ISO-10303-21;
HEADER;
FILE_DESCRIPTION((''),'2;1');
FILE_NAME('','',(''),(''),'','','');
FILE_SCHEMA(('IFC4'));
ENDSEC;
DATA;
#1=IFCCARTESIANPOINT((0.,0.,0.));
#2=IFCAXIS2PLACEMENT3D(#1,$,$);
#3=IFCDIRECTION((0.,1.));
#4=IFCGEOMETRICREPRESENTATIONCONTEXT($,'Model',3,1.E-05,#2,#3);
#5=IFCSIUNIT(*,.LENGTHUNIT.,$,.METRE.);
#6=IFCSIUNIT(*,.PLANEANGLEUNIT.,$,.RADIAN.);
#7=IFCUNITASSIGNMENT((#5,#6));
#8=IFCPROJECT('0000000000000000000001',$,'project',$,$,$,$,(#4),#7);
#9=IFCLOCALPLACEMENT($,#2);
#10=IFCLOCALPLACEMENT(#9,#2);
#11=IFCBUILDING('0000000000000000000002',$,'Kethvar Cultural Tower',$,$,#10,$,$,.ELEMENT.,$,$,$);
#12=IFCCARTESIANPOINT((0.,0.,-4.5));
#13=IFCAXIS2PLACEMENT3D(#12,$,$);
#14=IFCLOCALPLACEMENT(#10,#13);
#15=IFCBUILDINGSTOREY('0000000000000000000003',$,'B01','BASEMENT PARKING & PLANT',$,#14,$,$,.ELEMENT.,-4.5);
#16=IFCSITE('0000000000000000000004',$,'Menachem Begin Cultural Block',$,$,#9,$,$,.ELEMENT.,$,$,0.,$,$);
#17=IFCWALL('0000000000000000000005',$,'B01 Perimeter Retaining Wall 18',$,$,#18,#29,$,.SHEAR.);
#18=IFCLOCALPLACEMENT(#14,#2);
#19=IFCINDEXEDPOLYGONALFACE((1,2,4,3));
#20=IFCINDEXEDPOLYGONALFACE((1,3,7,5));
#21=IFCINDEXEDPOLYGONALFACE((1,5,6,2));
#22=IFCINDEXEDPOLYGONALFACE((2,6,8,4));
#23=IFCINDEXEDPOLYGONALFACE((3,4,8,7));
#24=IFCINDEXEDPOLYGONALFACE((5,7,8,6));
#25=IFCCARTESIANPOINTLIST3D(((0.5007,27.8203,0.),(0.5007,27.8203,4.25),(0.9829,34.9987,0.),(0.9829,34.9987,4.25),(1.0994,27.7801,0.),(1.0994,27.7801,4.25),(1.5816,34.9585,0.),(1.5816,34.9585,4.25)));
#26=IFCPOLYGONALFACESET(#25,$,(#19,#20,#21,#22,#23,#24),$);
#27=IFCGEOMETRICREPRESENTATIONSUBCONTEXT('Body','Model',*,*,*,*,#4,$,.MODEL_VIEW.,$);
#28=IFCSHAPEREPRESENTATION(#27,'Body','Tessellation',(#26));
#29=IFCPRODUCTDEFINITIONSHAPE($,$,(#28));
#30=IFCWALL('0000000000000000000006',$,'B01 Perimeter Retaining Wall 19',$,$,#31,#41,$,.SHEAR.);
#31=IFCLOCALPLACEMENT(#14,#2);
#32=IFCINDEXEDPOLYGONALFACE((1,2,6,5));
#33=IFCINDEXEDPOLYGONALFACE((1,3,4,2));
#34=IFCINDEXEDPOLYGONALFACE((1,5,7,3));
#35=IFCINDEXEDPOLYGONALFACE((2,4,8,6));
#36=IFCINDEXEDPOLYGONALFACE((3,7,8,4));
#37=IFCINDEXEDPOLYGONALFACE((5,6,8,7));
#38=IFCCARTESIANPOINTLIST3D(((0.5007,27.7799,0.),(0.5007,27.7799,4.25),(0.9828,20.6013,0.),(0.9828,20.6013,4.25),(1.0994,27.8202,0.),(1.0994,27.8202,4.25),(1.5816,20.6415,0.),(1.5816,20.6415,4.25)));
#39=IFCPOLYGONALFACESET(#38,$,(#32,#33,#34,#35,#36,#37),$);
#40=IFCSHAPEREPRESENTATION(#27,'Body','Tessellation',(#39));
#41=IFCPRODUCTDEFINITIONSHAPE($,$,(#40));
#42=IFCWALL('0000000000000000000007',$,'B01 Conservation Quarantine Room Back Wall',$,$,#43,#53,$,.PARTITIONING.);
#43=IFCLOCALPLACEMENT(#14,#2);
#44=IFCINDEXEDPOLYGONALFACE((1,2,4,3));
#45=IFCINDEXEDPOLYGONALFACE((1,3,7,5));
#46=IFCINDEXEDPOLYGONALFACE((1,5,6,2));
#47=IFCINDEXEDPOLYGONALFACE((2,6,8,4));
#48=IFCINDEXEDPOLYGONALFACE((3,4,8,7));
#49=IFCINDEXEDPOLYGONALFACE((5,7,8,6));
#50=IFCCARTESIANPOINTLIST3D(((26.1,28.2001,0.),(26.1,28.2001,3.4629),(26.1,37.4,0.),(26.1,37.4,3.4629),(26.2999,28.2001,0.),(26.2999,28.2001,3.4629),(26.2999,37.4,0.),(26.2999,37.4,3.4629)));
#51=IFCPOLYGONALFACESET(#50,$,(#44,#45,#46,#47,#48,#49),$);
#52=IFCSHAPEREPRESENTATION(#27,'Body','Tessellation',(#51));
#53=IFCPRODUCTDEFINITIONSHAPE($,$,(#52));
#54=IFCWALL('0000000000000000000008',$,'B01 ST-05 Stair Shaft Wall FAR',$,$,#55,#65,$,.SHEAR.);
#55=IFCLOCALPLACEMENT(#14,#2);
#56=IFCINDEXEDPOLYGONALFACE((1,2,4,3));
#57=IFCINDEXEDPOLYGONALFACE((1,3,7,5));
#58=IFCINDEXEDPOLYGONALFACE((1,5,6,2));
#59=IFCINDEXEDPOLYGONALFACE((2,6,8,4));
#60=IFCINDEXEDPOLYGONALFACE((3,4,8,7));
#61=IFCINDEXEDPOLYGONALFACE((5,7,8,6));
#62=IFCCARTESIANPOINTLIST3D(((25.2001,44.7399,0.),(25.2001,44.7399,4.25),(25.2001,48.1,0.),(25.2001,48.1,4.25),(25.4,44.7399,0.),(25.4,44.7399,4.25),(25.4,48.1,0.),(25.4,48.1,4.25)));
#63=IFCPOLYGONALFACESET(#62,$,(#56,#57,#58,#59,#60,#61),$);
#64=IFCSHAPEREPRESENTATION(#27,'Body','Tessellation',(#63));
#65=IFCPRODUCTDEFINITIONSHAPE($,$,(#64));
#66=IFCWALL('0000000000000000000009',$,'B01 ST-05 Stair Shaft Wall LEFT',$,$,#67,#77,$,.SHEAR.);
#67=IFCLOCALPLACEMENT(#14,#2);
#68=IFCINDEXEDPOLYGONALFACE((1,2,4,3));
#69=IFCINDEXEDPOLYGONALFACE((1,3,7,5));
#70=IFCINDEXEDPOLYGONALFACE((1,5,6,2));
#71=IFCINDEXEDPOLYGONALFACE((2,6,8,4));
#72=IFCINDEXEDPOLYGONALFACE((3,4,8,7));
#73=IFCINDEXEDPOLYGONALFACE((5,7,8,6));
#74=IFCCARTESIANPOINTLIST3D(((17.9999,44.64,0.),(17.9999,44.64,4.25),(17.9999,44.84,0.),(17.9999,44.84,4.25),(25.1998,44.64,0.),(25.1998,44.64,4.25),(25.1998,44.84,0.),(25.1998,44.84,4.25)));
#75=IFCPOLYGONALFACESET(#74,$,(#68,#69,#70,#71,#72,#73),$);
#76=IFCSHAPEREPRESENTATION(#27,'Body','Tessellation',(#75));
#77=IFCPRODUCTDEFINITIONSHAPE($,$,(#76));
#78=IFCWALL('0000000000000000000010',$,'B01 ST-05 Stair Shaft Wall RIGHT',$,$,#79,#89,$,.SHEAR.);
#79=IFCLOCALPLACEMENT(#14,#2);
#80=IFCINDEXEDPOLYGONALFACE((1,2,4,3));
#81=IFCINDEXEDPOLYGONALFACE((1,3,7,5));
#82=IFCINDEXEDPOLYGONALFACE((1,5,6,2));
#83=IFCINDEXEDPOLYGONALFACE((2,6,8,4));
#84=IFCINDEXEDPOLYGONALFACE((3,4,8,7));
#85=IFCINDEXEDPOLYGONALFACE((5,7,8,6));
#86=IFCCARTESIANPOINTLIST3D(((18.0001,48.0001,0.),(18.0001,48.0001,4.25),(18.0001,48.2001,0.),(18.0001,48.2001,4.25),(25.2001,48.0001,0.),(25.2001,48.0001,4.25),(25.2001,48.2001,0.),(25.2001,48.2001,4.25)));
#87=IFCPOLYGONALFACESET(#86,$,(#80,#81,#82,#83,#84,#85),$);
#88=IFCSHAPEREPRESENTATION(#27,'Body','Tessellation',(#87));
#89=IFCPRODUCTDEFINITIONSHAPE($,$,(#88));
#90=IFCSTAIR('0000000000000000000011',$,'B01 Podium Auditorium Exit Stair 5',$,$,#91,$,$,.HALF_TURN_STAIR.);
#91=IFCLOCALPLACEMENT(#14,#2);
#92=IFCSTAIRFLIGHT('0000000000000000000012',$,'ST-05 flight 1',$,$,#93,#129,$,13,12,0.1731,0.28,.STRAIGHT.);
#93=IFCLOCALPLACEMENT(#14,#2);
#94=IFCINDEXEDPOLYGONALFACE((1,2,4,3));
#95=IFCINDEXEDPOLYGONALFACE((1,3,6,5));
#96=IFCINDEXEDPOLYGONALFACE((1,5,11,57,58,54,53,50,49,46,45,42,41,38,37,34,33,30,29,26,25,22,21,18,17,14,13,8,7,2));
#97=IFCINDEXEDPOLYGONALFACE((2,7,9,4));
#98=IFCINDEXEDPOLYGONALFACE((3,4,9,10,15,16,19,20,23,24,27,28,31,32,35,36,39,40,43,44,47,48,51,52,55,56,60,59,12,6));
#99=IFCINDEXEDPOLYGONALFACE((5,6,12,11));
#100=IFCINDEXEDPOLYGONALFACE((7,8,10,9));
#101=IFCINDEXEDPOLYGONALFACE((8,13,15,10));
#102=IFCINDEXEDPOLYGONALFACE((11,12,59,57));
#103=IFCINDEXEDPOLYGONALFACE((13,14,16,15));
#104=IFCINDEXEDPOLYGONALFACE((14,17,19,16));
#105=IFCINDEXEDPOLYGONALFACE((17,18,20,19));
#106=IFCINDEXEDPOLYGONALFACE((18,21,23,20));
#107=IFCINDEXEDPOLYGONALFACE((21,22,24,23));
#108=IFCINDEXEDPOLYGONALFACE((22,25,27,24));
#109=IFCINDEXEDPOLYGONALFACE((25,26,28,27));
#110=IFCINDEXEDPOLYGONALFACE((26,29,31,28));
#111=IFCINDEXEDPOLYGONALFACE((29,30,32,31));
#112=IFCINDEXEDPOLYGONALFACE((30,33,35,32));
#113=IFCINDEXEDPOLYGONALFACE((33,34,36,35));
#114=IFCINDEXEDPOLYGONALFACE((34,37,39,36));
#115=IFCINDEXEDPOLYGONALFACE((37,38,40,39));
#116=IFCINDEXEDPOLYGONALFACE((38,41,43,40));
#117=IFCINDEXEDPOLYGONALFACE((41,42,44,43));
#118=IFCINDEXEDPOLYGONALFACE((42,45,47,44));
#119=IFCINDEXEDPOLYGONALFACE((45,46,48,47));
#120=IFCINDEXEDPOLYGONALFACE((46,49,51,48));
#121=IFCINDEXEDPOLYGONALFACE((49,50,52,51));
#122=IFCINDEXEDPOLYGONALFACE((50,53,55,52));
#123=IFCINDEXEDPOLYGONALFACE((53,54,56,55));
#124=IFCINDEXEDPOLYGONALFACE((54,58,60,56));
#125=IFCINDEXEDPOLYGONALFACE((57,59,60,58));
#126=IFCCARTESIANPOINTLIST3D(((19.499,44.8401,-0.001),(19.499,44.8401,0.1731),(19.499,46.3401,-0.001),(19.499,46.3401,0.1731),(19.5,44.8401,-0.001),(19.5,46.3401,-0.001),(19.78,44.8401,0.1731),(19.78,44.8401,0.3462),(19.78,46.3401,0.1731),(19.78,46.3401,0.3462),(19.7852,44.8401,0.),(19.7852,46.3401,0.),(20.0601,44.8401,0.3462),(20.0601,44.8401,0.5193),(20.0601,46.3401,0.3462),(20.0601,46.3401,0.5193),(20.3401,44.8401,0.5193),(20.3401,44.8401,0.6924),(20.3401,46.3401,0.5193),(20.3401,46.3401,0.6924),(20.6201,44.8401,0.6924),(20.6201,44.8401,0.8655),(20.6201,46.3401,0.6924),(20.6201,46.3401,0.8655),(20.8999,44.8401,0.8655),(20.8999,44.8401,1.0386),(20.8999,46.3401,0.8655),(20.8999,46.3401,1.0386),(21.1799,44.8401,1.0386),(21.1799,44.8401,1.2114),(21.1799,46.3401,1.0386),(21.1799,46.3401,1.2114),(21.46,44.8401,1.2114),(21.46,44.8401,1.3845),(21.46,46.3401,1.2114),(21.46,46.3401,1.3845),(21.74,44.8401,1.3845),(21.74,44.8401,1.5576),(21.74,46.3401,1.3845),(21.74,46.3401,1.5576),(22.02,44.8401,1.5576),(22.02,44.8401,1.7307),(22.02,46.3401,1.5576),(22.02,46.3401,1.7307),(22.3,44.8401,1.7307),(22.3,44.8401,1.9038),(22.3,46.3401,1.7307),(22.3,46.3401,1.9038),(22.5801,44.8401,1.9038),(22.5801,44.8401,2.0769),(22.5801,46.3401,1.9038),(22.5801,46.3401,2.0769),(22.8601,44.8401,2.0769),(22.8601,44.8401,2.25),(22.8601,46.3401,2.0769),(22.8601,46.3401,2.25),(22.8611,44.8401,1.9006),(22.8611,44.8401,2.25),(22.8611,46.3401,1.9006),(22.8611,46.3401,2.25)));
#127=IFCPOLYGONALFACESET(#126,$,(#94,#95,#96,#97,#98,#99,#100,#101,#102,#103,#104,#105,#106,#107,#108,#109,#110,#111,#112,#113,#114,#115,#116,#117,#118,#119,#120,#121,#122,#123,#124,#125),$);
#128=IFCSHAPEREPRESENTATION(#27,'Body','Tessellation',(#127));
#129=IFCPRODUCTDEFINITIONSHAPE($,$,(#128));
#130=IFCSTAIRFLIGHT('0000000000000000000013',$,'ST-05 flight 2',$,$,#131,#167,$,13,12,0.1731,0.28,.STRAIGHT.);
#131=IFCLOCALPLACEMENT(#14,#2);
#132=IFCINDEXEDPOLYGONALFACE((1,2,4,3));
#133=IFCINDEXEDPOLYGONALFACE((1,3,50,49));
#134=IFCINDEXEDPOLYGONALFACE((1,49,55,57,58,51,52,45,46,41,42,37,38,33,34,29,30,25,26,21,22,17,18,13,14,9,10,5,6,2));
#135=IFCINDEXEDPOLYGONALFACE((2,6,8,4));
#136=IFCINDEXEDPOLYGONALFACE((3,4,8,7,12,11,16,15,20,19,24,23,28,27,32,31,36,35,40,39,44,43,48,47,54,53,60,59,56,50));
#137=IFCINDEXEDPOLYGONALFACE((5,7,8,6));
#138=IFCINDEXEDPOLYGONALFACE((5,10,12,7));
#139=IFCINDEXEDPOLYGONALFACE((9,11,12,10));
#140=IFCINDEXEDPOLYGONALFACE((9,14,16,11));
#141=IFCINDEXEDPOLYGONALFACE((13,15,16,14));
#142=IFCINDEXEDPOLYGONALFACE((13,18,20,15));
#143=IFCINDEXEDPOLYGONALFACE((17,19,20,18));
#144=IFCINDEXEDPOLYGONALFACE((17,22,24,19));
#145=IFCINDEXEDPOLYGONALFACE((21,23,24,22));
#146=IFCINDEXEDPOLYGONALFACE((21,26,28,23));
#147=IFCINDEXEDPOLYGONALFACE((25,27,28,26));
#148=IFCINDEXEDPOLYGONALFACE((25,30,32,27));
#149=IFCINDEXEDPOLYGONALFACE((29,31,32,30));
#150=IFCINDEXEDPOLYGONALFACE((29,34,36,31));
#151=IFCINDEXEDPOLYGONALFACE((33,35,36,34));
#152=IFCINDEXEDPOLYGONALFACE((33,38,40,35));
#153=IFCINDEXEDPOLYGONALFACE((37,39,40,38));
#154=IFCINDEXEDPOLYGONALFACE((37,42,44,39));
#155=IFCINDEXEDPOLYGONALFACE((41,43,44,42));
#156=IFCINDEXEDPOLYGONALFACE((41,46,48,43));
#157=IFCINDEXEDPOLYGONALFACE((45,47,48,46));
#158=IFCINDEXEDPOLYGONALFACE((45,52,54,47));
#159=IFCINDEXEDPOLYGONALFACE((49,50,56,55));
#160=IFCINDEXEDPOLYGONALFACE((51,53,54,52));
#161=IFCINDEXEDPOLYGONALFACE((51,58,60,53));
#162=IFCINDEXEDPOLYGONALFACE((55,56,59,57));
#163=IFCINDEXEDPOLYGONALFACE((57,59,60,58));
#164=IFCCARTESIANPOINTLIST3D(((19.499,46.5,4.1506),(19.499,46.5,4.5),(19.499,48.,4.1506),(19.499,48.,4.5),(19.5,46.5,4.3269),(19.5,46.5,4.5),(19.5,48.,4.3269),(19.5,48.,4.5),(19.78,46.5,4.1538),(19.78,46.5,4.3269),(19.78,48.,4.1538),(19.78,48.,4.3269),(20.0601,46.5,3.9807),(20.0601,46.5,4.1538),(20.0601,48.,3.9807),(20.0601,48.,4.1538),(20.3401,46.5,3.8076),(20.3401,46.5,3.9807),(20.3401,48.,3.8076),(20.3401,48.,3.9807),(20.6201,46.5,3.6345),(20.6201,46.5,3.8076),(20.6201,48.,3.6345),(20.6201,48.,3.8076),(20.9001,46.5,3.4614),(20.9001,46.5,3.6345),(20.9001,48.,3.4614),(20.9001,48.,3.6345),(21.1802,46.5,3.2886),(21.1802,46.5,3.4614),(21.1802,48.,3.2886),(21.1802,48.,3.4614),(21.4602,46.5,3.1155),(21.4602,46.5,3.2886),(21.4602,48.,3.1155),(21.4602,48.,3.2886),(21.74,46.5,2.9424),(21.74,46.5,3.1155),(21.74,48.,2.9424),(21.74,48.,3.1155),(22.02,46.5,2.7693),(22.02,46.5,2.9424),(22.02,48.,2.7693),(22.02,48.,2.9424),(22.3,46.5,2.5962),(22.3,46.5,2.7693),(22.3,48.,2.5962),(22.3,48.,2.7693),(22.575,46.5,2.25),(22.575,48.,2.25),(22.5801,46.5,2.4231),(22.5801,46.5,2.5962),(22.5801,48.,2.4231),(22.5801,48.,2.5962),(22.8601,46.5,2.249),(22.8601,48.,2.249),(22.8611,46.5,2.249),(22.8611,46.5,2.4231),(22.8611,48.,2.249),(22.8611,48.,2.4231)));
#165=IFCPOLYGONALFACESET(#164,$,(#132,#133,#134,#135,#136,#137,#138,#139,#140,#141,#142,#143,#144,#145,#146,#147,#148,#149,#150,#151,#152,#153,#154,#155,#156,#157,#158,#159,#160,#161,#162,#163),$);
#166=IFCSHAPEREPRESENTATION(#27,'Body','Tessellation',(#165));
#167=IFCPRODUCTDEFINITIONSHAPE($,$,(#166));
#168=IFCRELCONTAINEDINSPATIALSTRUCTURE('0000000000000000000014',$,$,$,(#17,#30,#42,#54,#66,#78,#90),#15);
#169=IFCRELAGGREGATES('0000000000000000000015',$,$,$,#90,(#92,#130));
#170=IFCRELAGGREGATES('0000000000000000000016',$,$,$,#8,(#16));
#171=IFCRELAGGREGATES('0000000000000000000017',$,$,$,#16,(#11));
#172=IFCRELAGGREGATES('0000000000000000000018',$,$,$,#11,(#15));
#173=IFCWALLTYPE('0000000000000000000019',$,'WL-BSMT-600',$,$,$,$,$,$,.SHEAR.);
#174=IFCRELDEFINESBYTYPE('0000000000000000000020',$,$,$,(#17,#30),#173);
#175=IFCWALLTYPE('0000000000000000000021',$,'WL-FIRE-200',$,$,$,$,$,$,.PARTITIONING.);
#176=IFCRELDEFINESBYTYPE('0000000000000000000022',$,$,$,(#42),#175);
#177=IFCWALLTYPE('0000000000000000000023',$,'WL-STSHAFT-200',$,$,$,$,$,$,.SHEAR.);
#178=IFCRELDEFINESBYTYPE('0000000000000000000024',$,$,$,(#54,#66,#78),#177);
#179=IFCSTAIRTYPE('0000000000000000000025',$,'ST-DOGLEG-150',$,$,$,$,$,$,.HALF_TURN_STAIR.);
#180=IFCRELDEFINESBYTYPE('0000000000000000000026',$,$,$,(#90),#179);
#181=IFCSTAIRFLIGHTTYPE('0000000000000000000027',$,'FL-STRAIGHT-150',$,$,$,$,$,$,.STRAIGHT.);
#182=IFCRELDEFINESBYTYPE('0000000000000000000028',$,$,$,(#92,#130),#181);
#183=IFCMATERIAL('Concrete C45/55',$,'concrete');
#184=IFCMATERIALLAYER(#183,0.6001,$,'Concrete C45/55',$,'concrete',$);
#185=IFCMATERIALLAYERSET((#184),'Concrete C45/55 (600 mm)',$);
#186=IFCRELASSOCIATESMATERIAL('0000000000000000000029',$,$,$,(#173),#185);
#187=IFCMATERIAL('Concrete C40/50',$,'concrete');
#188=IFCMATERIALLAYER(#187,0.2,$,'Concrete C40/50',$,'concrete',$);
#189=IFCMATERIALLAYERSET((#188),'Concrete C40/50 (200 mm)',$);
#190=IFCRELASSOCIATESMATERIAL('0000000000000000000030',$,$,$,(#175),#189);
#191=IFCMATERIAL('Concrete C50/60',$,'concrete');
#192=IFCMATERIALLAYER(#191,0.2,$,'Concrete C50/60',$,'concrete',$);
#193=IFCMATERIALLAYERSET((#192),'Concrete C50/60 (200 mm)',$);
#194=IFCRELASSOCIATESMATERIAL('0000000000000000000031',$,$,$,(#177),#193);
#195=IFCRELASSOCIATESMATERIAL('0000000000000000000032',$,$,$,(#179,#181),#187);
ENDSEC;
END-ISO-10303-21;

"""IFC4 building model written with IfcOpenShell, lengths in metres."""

from ifc_helpers import new_model, si_unit, direction, frame, frame_2d, origin, place, context, subcontext, project, spatial, polyline, rectangle, outline, extrude, material, layer, layer_set, type_object, element, aggregate, save


model = new_model("IFC4")

# Units and contexts
model_context = context("Model", 3, precision=1e-05, world=origin(), true_north=direction((0.0, 1.0)))
body_context = subcontext(model_context, "Body", "Model", "MODEL_VIEW")
ifc_project = project(units=[si_unit("LENGTHUNIT", "METRE"), si_unit("PLANEANGLEUNIT", "RADIAN")], contexts=[model_context])

# Site, building, storey
site_placement = place(None, origin())
site = spatial("IfcSite", under=ifc_project, at=site_placement, Name="Menachem Begin Cultural Block", CompositionType="ELEMENT", RefElevation=0.0)
building_placement = place(site_placement, origin())
building = spatial("IfcBuilding", under=site, at=building_placement, Name="Kethvar Cultural Tower", CompositionType="ELEMENT")
storey_placement = place(building_placement, frame((0.0, 0.0, -4.5)))
storey = spatial("IfcBuildingStorey", under=building, at=storey_placement, Name="B01", Description="BASEMENT PARKING & PLANT", CompositionType="ELEMENT", Elevation=-4.5)

# Shared definitions
ifc_material_1 = material(Name="Concrete C50/60", Category="concrete")

# Walls
ifc_material_2 = material(Name="Concrete C45/55", Category="concrete")
ifc_layer_1 = layer(ifc_material_2, 0.6001, Name="Concrete C45/55", Category="concrete")
ifc_layer_set_1 = layer_set([ifc_layer_1], Name="Concrete C45/55 (600 mm)")
wall_type_1 = type_object("IfcWallType", Name="WL-BSMT-600", PredefinedType="SHEAR", material=ifc_layer_set_1)
wall_1_placement = place(storey_placement, frame((1.2822, 34.9785, 0.0), z_axis=(0.0, 0.0, 1.0), x_axis=(-0.067019, -0.997752, 0.0)))
element("IfcWall", 1, at=wall_1_placement, inside=storey, type_object=wall_type_1, Name="B01 Perimeter Retaining Wall 18", PredefinedType="SHEAR", context=body_context, shape_type="SweptSolid", body=[
    extrude(rectangle(XDim=7.1946, YDim=0.6001, at=frame_2d((3.5972, 0.0))), origin(), (0.0, 0.0, 1.0), 4.25),
])
wall_2_placement = place(storey_placement, frame((0.8, 27.8, 0.0), z_axis=(0.0, 0.0, 1.0), x_axis=(0.067017, -0.997752, 0.0)))
element("IfcWall", 2, at=wall_2_placement, inside=storey, type_object=wall_type_1, Name="B01 Perimeter Retaining Wall 19", PredefinedType="SHEAR", context=body_context, shape_type="SweptSolid", body=[
    extrude(rectangle(XDim=7.1948, YDim=0.6001, at=frame_2d((3.5974, 0.0))), origin(), (0.0, 0.0, 1.0), 4.25),
])
ifc_material_3 = material(Name="Concrete C40/50", Category="concrete")
ifc_layer_2 = layer(ifc_material_3, 0.2, Name="Concrete C40/50", Category="concrete")
ifc_layer_set_2 = layer_set([ifc_layer_2], Name="Concrete C40/50 (200 mm)")
wall_type_2 = type_object("IfcWallType", Name="WL-FIRE-200", PredefinedType="PARTITIONING", material=ifc_layer_set_2)
wall_3_placement = place(storey_placement, frame((26.2, 28.2, 0.0), z_axis=(0.0, 0.0, 1.0), x_axis=(0.0, 1.0, 0.0)))
element("IfcWall", 3, at=wall_3_placement, inside=storey, type_object=wall_type_2, Name="B01 Conservation Quarantine Room Back Wall", PredefinedType="PARTITIONING", context=body_context, shape_type="SweptSolid", body=[
    extrude(rectangle(XDim=9.2, YDim=0.2, at=frame_2d((4.6001, 0.0))), origin(), (0.0, 0.0, 1.0), 3.4629),
])

# Shared definitions
ifc_layer_3 = layer(ifc_material_1, 0.2, Name="Concrete C50/60", Category="concrete")
ifc_layer_set_3 = layer_set([ifc_layer_3], Name="Concrete C50/60 (200 mm)")
wall_type_3 = type_object("IfcWallType", Name="WL-STSHAFT-200", PredefinedType="SHEAR", material=ifc_layer_set_3)

# Walls
wall_4_placement = place(storey_placement, frame((25.3, 48.1001, 0.0), z_axis=(0.0, 0.0, 1.0), x_axis=(0.0, -1.0, 0.0)))
element("IfcWall", 4, at=wall_4_placement, inside=storey, type_object=wall_type_3, Name="B01 ST-05 Stair Shaft Wall FAR", PredefinedType="SHEAR", context=body_context, shape_type="SweptSolid", body=[
    extrude(rectangle(XDim=3.3601, YDim=0.2, at=frame_2d((1.6802, 0.0))), origin(), (0.0, 0.0, 1.0), 4.25),
])
for number, where, z_axis, x_axis, name in (
    (5, (25.2, 44.74, 0.0), (0.0, 0.0, 1.0), (-1.0, 0.0, 0.0), "B01 ST-05 Stair Shaft Wall LEFT"),
    (6, (18.0, 48.1001, 0.0), (0.0, 0.0, 1.0), (1.0, 0.0, 0.0), "B01 ST-05 Stair Shaft Wall RIGHT"),
):
    element("IfcWall", number, at=place(storey_placement, frame(where, z_axis=z_axis, x_axis=x_axis)), inside=storey, type_object=wall_type_3, Name=name, PredefinedType="SHEAR", context=body_context, shape_type="SweptSolid", body=[
        extrude(rectangle(XDim=7.2, YDim=0.2, at=frame_2d((3.6001, 0.0))), origin(), (0.0, 0.0, 1.0), 4.25),
    ])

# Stair, stair flights
stair_type = type_object("IfcStairType", Name="ST-DOGLEG-150", PredefinedType="HALF_TURN_STAIR", material=ifc_material_3)
stair_placement = place(storey_placement, origin())
stair = element("IfcStair", 7, at=stair_placement, inside=storey, type_object=stair_type, Name="B01 Podium Auditorium Exit Stair 5", PredefinedType="HALF_TURN_STAIR")
stair_flight_type = type_object("IfcStairFlightType", Name="FL-STRAIGHT-150", PredefinedType="STRAIGHT", material=ifc_material_3)
stair_flight_1_placement = place(storey_placement, frame((19.5, 45.5901, 0.0), z_axis=(0.0, 0.0, 1.0), x_axis=(1.0, 0.0, 0.0)))
stair_flight_1 = element("IfcStairFlight", 8, at=stair_flight_1_placement, type_object=stair_flight_type, Name="ST-05 flight 1", NumberOfRisers=13, NumberOfTreads=12, PredefinedType="STRAIGHT", RiserHeight=0.1731, TreadLength=0.28, context=body_context, shape_type="SweptSolid", body=[
    extrude(outline(polyline([(-0.001, -0.001), (-0.001, 0.1731), (0.28, 0.1731), (0.28, 0.3462), (0.5601, 0.3462), (0.5601, 0.5193), (0.8401, 0.5193), (0.8401, 0.6924), (1.1201, 0.6924), (1.1201, 0.8655), (1.3999, 0.8655), (1.3999, 1.0386), (1.6799, 1.0386), (1.6799, 1.2114), (1.96, 1.2114), (1.96, 1.3845), (2.24, 1.3845), (2.24, 1.5576), (2.52, 1.5576), (2.52, 1.7307), (2.8, 1.7307), (2.8, 1.9038), (3.0801, 1.9038), (3.0801, 2.0769), (3.3601, 2.0769), (3.3601, 2.25), (3.3611, 2.25), (3.3611, 1.9006), (0.2852, 0.0), (0.0, -0.001), (-0.001, -0.001)])), frame((0.0, 0.75, 0.0), z_axis=(0.0, -1.0, 0.0), x_axis=(1.0, 0.0, 0.0)), (0.0, 0.0, 1.0), 1.5),
])
stair_flight_2_placement = place(storey_placement, frame((22.8601, 47.25, 2.25), z_axis=(0.0, 0.0, 1.0), x_axis=(-1.0, 0.0, 0.0)))
stair_flight_2 = element("IfcStairFlight", 9, at=stair_flight_2_placement, type_object=stair_flight_type, Name="ST-05 flight 2", NumberOfRisers=13, NumberOfTreads=12, PredefinedType="STRAIGHT", RiserHeight=0.1731, TreadLength=0.28, context=body_context, shape_type="SweptSolid", body=[
    extrude(outline(polyline([(-0.001, -0.001), (-0.001, 0.1731), (0.28, 0.1731), (0.28, 0.3462), (0.5601, 0.3462), (0.5601, 0.5193), (0.8401, 0.5193), (0.8401, 0.6924), (1.1201, 0.6924), (1.1201, 0.8655), (1.3999, 0.8655), (1.3999, 1.0386), (1.6799, 1.0386), (1.6799, 1.2114), (1.96, 1.2114), (1.96, 1.3845), (2.24, 1.3845), (2.24, 1.5576), (2.52, 1.5576), (2.52, 1.7307), (2.8, 1.7307), (2.8, 1.9038), (3.0801, 1.9038), (3.0801, 2.0769), (3.3601, 2.0769), (3.3601, 2.25), (3.3611, 2.25), (3.3611, 1.9006), (0.2852, 0.0), (0.0, -0.001), (-0.001, -0.001)])), frame((0.0, 0.75, 0.0), z_axis=(0.0, -1.0, 0.0), x_axis=(1.0, 0.0, 0.0)), (0.0, 0.0, 1.0), 1.5),
])
aggregate(stair, [stair_flight_1, stair_flight_2])

save(model, "model.ifc")
